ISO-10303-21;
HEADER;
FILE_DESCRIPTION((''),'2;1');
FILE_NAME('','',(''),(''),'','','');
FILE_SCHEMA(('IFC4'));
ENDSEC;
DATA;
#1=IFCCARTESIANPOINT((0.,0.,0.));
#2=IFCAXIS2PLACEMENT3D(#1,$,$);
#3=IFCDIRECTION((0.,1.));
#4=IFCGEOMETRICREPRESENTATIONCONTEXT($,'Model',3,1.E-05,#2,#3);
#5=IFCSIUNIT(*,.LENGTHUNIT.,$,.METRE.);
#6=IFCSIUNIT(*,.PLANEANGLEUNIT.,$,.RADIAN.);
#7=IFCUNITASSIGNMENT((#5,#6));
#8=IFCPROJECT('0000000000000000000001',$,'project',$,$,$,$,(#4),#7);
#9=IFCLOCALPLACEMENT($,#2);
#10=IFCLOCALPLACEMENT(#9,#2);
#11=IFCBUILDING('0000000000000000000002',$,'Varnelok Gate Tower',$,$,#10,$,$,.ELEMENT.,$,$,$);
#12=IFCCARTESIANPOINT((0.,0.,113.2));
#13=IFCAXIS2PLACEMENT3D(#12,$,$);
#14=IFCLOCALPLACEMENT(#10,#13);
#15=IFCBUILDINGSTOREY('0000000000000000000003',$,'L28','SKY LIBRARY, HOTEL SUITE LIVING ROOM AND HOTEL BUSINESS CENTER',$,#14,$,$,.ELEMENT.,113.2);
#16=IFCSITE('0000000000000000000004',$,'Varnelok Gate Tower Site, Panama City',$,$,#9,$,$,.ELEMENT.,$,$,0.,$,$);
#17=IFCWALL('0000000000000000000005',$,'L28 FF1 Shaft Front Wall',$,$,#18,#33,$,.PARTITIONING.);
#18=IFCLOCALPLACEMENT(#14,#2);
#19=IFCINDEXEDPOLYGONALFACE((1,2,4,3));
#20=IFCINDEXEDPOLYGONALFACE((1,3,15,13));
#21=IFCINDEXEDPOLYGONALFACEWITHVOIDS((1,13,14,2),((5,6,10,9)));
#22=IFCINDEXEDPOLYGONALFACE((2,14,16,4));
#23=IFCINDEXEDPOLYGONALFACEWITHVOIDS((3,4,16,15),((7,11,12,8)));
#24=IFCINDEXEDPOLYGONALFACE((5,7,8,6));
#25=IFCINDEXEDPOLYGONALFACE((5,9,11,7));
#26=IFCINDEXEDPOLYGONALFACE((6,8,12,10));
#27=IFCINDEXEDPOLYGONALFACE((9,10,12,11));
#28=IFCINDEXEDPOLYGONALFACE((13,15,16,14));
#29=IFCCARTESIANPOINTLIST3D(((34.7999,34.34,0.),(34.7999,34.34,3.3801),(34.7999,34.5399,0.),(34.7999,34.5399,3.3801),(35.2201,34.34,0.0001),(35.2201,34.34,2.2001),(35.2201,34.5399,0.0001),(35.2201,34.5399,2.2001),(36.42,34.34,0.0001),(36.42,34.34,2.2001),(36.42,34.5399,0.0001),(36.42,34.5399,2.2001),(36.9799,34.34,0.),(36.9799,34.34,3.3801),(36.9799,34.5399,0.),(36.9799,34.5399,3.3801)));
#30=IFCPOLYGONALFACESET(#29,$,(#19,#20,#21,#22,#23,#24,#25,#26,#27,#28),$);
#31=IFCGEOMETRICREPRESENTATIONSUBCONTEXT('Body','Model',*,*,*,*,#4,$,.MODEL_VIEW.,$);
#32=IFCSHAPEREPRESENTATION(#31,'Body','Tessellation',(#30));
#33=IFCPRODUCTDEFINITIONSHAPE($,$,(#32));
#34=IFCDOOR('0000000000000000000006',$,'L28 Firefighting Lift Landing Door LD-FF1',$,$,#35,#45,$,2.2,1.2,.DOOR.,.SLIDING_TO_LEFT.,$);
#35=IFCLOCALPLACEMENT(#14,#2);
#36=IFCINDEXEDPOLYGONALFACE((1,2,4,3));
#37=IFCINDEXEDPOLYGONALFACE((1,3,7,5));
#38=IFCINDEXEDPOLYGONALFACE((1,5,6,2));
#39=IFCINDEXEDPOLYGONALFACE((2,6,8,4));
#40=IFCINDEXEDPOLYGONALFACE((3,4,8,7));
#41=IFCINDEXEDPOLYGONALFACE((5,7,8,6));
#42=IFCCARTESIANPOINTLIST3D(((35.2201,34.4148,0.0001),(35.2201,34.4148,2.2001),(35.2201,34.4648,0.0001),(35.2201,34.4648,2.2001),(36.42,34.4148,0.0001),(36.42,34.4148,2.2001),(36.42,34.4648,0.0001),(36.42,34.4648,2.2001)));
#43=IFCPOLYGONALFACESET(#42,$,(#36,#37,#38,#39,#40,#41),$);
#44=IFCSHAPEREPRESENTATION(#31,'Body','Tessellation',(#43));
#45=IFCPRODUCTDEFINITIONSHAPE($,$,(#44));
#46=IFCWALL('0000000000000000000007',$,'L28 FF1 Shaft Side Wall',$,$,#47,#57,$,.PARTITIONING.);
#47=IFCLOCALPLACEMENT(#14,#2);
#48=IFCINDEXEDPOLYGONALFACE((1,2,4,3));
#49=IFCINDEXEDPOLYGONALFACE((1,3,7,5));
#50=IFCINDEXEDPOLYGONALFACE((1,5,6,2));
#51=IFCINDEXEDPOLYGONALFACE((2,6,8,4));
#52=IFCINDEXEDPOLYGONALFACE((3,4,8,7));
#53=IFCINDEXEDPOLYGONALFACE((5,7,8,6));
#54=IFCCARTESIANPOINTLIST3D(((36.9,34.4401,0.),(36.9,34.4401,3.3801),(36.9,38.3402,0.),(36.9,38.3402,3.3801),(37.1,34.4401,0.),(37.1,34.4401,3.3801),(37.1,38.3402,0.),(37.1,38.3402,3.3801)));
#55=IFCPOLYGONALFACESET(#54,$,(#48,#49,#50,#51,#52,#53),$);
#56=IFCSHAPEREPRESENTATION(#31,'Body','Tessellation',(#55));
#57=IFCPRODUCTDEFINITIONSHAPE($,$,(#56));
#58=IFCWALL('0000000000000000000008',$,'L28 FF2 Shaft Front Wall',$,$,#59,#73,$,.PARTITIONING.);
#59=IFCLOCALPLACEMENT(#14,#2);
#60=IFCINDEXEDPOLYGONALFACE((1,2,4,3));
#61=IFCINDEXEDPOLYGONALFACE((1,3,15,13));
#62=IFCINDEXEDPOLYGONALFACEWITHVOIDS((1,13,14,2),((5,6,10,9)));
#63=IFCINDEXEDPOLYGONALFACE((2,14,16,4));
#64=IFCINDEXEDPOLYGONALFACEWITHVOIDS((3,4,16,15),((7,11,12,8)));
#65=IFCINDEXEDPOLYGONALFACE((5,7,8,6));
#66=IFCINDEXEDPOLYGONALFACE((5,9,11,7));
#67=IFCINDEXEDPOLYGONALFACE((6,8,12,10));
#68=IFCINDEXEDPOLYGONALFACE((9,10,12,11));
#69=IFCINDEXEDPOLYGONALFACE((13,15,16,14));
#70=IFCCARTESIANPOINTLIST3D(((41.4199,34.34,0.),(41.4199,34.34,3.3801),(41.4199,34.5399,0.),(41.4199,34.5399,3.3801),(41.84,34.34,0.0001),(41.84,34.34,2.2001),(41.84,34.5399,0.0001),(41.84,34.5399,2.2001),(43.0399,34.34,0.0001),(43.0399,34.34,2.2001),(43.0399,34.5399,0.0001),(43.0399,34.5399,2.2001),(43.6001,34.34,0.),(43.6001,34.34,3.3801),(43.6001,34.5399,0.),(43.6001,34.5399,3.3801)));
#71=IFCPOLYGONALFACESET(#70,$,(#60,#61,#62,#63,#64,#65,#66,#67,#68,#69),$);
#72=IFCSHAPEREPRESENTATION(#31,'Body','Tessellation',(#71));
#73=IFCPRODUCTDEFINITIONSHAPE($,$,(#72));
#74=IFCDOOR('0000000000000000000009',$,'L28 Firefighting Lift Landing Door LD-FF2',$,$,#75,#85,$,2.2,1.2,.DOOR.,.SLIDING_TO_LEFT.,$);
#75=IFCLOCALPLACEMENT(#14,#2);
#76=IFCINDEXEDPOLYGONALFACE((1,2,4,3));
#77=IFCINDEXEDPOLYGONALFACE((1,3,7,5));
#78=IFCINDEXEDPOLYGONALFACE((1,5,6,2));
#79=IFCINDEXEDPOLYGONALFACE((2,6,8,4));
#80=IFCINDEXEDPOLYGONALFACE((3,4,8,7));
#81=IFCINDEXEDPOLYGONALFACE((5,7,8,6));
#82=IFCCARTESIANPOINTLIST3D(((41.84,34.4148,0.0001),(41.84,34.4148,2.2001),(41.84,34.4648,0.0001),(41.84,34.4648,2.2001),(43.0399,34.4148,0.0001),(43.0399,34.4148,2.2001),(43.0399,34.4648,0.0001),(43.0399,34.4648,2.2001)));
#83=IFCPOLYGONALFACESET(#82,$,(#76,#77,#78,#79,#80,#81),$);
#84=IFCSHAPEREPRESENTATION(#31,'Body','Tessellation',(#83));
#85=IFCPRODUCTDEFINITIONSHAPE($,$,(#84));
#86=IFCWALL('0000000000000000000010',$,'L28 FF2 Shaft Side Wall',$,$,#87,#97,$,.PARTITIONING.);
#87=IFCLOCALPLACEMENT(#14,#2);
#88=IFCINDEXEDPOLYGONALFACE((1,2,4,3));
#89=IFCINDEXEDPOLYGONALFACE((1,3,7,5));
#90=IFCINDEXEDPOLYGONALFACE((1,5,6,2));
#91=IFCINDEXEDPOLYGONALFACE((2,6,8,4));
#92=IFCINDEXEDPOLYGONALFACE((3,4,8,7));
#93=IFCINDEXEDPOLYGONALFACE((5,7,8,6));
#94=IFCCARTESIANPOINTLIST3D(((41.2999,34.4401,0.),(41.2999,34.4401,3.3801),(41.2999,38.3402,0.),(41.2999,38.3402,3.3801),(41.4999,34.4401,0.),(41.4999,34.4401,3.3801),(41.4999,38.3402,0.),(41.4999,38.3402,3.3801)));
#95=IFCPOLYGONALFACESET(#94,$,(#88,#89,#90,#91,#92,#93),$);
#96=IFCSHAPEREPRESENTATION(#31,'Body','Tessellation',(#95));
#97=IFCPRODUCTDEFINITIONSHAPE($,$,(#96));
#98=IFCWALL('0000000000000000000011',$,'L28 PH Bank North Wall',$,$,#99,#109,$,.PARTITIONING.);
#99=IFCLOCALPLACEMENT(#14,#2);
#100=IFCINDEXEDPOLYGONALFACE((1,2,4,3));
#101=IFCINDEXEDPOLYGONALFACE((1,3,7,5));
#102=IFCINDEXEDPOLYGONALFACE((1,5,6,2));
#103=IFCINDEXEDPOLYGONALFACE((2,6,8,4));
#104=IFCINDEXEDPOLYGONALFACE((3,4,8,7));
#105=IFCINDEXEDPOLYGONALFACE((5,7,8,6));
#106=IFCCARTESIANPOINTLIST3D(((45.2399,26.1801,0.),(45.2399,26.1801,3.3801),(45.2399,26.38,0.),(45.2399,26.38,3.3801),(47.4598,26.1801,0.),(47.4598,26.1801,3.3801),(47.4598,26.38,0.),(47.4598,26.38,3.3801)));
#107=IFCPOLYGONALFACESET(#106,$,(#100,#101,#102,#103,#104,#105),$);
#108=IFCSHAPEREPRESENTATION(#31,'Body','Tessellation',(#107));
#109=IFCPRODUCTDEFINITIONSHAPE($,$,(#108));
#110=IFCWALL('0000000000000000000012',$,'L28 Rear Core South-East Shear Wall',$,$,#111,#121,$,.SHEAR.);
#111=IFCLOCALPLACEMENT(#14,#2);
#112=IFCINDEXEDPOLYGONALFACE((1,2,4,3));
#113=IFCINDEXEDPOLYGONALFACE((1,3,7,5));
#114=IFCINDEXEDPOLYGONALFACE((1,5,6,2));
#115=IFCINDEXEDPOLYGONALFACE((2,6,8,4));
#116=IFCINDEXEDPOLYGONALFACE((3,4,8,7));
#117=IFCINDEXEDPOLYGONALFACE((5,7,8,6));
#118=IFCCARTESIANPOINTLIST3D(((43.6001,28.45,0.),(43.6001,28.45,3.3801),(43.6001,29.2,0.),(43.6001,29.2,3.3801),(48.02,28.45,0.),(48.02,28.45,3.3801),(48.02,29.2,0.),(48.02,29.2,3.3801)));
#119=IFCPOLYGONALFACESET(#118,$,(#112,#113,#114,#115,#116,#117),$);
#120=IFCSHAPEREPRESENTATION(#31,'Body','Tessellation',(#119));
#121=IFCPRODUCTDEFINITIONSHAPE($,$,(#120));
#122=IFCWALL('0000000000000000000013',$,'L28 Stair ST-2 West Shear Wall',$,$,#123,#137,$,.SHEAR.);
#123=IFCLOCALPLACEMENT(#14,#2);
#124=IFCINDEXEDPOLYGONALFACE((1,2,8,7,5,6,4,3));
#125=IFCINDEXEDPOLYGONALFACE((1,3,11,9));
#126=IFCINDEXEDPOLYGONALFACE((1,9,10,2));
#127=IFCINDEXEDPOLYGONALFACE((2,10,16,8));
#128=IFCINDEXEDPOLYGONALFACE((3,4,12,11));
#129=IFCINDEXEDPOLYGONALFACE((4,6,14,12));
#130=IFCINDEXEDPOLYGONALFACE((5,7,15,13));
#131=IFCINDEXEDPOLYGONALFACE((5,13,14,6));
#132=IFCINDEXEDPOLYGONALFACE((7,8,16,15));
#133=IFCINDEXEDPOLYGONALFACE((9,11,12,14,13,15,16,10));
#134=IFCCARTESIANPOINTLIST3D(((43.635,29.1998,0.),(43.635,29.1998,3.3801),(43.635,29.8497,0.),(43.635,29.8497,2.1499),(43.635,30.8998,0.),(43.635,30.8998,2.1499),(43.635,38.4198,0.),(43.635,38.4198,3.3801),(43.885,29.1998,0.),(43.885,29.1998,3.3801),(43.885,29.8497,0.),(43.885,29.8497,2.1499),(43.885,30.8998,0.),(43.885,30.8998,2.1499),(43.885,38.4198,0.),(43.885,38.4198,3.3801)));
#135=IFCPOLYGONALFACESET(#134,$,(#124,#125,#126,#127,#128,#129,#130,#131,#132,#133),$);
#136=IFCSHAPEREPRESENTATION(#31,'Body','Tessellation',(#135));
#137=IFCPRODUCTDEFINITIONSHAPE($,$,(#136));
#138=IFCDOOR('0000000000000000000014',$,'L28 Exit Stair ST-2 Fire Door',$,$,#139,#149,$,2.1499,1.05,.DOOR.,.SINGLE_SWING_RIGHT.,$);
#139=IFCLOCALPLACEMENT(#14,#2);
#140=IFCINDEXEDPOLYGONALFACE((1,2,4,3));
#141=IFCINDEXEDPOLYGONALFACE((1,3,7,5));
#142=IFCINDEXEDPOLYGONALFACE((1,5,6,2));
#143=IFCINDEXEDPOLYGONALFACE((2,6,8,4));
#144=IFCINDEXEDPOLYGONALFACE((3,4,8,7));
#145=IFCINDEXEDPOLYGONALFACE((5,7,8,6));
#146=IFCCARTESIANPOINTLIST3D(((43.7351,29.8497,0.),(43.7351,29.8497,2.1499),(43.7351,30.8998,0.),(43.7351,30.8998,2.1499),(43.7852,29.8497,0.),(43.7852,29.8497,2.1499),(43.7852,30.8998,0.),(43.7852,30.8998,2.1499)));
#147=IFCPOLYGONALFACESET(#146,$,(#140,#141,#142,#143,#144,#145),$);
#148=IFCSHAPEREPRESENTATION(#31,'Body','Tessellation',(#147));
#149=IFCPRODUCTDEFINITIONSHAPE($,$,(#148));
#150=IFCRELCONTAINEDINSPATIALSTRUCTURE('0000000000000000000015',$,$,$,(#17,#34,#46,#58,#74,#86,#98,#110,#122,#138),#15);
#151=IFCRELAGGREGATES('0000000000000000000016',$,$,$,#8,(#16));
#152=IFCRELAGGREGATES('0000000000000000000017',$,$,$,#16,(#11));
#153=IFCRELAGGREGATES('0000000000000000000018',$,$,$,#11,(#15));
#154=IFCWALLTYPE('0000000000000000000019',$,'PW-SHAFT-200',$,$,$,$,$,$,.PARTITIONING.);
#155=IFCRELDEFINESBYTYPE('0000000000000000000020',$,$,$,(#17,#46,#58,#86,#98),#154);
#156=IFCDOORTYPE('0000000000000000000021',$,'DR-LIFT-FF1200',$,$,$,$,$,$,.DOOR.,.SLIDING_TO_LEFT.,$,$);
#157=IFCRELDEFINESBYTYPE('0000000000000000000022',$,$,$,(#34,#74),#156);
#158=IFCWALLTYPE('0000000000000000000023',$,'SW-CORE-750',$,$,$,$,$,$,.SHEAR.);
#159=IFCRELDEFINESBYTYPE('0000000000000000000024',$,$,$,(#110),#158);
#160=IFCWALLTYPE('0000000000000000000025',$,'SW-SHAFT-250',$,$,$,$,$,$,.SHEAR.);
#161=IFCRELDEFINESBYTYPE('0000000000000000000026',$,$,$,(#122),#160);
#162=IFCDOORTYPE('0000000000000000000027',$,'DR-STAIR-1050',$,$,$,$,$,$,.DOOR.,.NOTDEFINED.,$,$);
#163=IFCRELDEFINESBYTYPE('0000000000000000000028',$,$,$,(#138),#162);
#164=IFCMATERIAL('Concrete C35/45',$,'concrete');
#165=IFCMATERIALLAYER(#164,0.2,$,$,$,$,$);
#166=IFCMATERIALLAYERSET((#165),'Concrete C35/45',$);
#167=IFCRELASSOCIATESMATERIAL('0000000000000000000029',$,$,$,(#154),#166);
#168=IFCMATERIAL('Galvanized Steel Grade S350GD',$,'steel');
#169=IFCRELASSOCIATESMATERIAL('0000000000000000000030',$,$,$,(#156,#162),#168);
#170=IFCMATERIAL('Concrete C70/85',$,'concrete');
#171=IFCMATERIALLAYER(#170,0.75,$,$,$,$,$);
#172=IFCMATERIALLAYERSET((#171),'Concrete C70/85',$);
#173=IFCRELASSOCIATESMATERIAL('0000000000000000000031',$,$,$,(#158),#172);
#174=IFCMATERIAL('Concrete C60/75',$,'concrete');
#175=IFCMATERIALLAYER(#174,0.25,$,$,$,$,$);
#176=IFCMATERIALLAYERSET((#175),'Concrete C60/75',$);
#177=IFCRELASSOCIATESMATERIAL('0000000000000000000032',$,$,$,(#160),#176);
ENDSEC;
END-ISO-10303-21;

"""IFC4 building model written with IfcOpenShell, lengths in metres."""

from ifc_helpers import new_model, si_unit, direction, frame, frame_2d, origin, place, context, subcontext, project, spatial, rectangle, extrude, material, layer, layer_set, type_object, element, fill, save


model = new_model("IFC4")

# Units and contexts
model_context = context("Model", 3, precision=1e-05, world=origin(), true_north=direction((0.0, 1.0)))
body_context = subcontext(model_context, "Body", "Model", "MODEL_VIEW")
ifc_project = project(units=[si_unit("LENGTHUNIT", "METRE"), si_unit("PLANEANGLEUNIT", "RADIAN")], contexts=[model_context])

# Site, building, storey
site_placement = place(None, origin())
site = spatial("IfcSite", under=ifc_project, at=site_placement, Name="Varnelok Gate Tower Site, Panama City", CompositionType="ELEMENT", RefElevation=0.0)
building_placement = place(site_placement, origin())
building = spatial("IfcBuilding", under=site, at=building_placement, Name="Varnelok Gate Tower", CompositionType="ELEMENT")
storey_placement = place(building_placement, frame((0.0, 0.0, 113.2)))
storey = spatial("IfcBuildingStorey", under=building, at=storey_placement, Name="L28", Description="SKY LIBRARY, HOTEL SUITE LIVING ROOM AND HOTEL BUSINESS CENTER", CompositionType="ELEMENT", Elevation=113.2)

# Shared definitions
ifc_material_1 = material(Name="Concrete C70/85", Category="concrete")

# Shared definitions
ifc_material_2 = material(Name="Galvanized Steel Grade S350GD", Category="steel")

# Shared definitions
ifc_material_3 = material(Name="Concrete C35/45", Category="concrete")
ifc_layer_1 = layer(ifc_material_3, 0.2)
ifc_layer_set_1 = layer_set([ifc_layer_1], Name="Concrete C35/45")
wall_type_1 = type_object("IfcWallType", Name="PW-SHAFT-200", PredefinedType="PARTITIONING", material=ifc_layer_set_1)

# Wall, opening, door
wall_1_placement = place(storey_placement, frame((34.8, 34.4399, 0.0), z_axis=(0.0, 0.0, 1.0), x_axis=(1.0, 0.0, 0.0)))
wall_1 = element("IfcWall", 1, at=wall_1_placement, inside=storey, type_object=wall_type_1, Name="L28 FF1 Shaft Front Wall", PredefinedType="PARTITIONING", context=body_context, shape_type="SweptSolid", body=[
    extrude(rectangle(XDim=2.1799, YDim=0.2, at=frame_2d((1.0898, 0.0))), origin(), (0.0, 0.0, 1.0), 3.3801),
])
opening_1_placement = place(wall_1_placement, frame((0.4199, 0.0, 0.0)))
opening_1 = element("IfcOpeningElement", 2, at=opening_1_placement, cuts=wall_1, PredefinedType="OPENING", context=body_context, shape_type="SweptSolid", body=[
    extrude(rectangle(XDim=1.2, YDim=2.2, at=frame_2d((0.6001, 1.1001))), frame((0.0, 0.1099, 0.0), z_axis=(0.0, -1.0, 0.0), x_axis=(1.0, 0.0, 0.0)), (0.0, 0.0, 1.0), 0.22),
])
door_type_1 = type_object("IfcDoorType", Name="DR-LIFT-FF1200", OperationType="SLIDING_TO_LEFT", PredefinedType="DOOR", material=ifc_material_2)
door_1_placement = place(opening_1_placement, origin())
door_1 = element("IfcDoor", 3, at=door_1_placement, inside=storey, type_object=door_type_1, Name="L28 Firefighting Lift Landing Door LD-FF1", OperationType="SLIDING_TO_LEFT", OverallHeight=2.2, OverallWidth=1.2, PredefinedType="DOOR", context=body_context, shape_type="SweptSolid", body=[
    extrude(rectangle(XDim=1.2, YDim=2.2, at=frame_2d((0.6001, 1.1001))), frame((0.0, 0.0249, 0.0), z_axis=(0.0, -1.0, 0.0), x_axis=(1.0, 0.0, 0.0)), (0.0, 0.0, 1.0), 0.05),
])
fill(opening_1, door_1)

# Wall
wall_2_placement = place(storey_placement, frame((37.0, 34.4399, 0.0), z_axis=(0.0, 0.0, 1.0), x_axis=(0.0, 1.0, 0.0)))
element("IfcWall", 4, at=wall_2_placement, inside=storey, type_object=wall_type_1, Name="L28 FF1 Shaft Side Wall", PredefinedType="PARTITIONING", context=body_context, shape_type="SweptSolid", body=[
    extrude(rectangle(XDim=3.9001, YDim=0.2, at=frame_2d((1.9502, 0.0))), origin(), (0.0, 0.0, 1.0), 3.3801),
])

# Wall, opening, door
wall_3_placement = place(storey_placement, frame((41.4199, 34.4399, 0.0), z_axis=(0.0, 0.0, 1.0), x_axis=(1.0, 0.0, 0.0)))
wall_3 = element("IfcWall", 5, at=wall_3_placement, inside=storey, type_object=wall_type_1, Name="L28 FF2 Shaft Front Wall", PredefinedType="PARTITIONING", context=body_context, shape_type="SweptSolid", body=[
    extrude(rectangle(XDim=2.1802, YDim=0.2, at=frame_2d((1.0901, 0.0))), origin(), (0.0, 0.0, 1.0), 3.3801),
])
opening_2_placement = place(wall_3_placement, frame((0.4199, 0.0, 0.0)))
opening_2 = element("IfcOpeningElement", 6, at=opening_2_placement, cuts=wall_3, PredefinedType="OPENING", context=body_context, shape_type="SweptSolid", body=[
    extrude(rectangle(XDim=1.2, YDim=2.2, at=frame_2d((0.6001, 1.1001))), frame((0.0, 0.1099, 0.0), z_axis=(0.0, -1.0, 0.0), x_axis=(1.0, 0.0, 0.0)), (0.0, 0.0, 1.0), 0.22),
])
door_2_placement = place(opening_2_placement, origin())
door_2 = element("IfcDoor", 7, at=door_2_placement, inside=storey, type_object=door_type_1, Name="L28 Firefighting Lift Landing Door LD-FF2", OperationType="SLIDING_TO_LEFT", OverallHeight=2.2, OverallWidth=1.2, PredefinedType="DOOR", context=body_context, shape_type="SweptSolid", body=[
    extrude(rectangle(XDim=1.2, YDim=2.2, at=frame_2d((0.6001, 1.1001))), frame((0.0, 0.0249, 0.0), z_axis=(0.0, -1.0, 0.0), x_axis=(1.0, 0.0, 0.0)), (0.0, 0.0, 1.0), 0.05),
])
fill(opening_2, door_2)

# Walls
wall_4_placement = place(storey_placement, frame((41.3999, 34.4399, 0.0), z_axis=(0.0, 0.0, 1.0), x_axis=(0.0, 1.0, 0.0)))
element("IfcWall", 8, at=wall_4_placement, inside=storey, type_object=wall_type_1, Name="L28 FF2 Shaft Side Wall", PredefinedType="PARTITIONING", context=body_context, shape_type="SweptSolid", body=[
    extrude(rectangle(XDim=3.9001, YDim=0.2, at=frame_2d((1.9502, 0.0))), origin(), (0.0, 0.0, 1.0), 3.3801),
])
wall_5_placement = place(storey_placement, frame((45.24, 26.28, 0.0), z_axis=(0.0, 0.0, 1.0), x_axis=(1.0, 0.0, 0.0)))
element("IfcWall", 9, at=wall_5_placement, inside=storey, type_object=wall_type_1, Name="L28 PH Bank North Wall", PredefinedType="PARTITIONING", context=body_context, shape_type="SweptSolid", body=[
    extrude(rectangle(XDim=2.22, YDim=0.2, at=frame_2d((1.1099, 0.0))), origin(), (0.0, 0.0, 1.0), 3.3801),
])
ifc_layer_2 = layer(ifc_material_1, 0.75)
ifc_layer_set_2 = layer_set([ifc_layer_2], Name="Concrete C70/85")
wall_type_2 = type_object("IfcWallType", Name="SW-CORE-750", PredefinedType="SHEAR", material=ifc_layer_set_2)
wall_6_placement = place(storey_placement, frame((43.6001, 28.825, 0.0), z_axis=(0.0, 0.0, 1.0), x_axis=(1.0, 0.0, 0.0)))
element("IfcWall", 10, at=wall_6_placement, inside=storey, type_object=wall_type_2, Name="L28 Rear Core South-East Shear Wall", PredefinedType="SHEAR", context=body_context, shape_type="SweptSolid", body=[
    extrude(rectangle(XDim=4.4199, YDim=0.75, at=frame_2d((2.21, 0.0))), origin(), (0.0, 0.0, 1.0), 3.3801),
])

# Wall, opening, door
ifc_material_4 = material(Name="Concrete C60/75", Category="concrete")
ifc_layer_3 = layer(ifc_material_4, 0.25)
ifc_layer_set_3 = layer_set([ifc_layer_3], Name="Concrete C60/75")
wall_type_3 = type_object("IfcWallType", Name="SW-SHAFT-250", PredefinedType="SHEAR", material=ifc_layer_set_3)
wall_7_placement = place(storey_placement, frame((43.76, 29.2, 0.0), z_axis=(0.0, 0.0, 1.0), x_axis=(0.0, 1.0, 0.0)))
wall_7 = element("IfcWall", 11, at=wall_7_placement, inside=storey, type_object=wall_type_3, Name="L28 Stair ST-2 West Shear Wall", PredefinedType="SHEAR", context=body_context, shape_type="SweptSolid", body=[
    extrude(rectangle(XDim=9.22, YDim=0.25, at=frame_2d((4.6099, 0.0))), origin(), (0.0, 0.0, 1.0), 3.3801),
])
opening_3_placement = place(wall_7_placement, frame((0.6499, 0.0, 0.0)))
opening_3 = element("IfcOpeningElement", 12, at=opening_3_placement, cuts=wall_7, PredefinedType="OPENING", context=body_context, shape_type="SweptSolid", body=[
    extrude(rectangle(XDim=1.05, YDim=2.1499, at=frame_2d((0.5249, 1.075))), frame((0.0, 0.135, 0.0), z_axis=(0.0, -1.0, 0.0), x_axis=(1.0, 0.0, 0.0)), (0.0, 0.0, 1.0), 0.27),
])
door_type_2 = type_object("IfcDoorType", Name="DR-STAIR-1050", OperationType="NOTDEFINED", PredefinedType="DOOR", material=ifc_material_2)
door_3_placement = place(opening_3_placement, origin())
door_3 = element("IfcDoor", 13, at=door_3_placement, inside=storey, type_object=door_type_2, Name="L28 Exit Stair ST-2 Fire Door", OperationType="SINGLE_SWING_RIGHT", OverallHeight=2.1499, OverallWidth=1.05, PredefinedType="DOOR", context=body_context, shape_type="SweptSolid", body=[
    extrude(rectangle(XDim=1.05, YDim=2.1499, at=frame_2d((0.5249, 1.075))), frame((0.0, 0.0249, 0.0), z_axis=(0.0, -1.0, 0.0), x_axis=(1.0, 0.0, 0.0)), (0.0, 0.0, 1.0), 0.05),
])
fill(opening_3, door_3)

save(model, "model.ifc")
